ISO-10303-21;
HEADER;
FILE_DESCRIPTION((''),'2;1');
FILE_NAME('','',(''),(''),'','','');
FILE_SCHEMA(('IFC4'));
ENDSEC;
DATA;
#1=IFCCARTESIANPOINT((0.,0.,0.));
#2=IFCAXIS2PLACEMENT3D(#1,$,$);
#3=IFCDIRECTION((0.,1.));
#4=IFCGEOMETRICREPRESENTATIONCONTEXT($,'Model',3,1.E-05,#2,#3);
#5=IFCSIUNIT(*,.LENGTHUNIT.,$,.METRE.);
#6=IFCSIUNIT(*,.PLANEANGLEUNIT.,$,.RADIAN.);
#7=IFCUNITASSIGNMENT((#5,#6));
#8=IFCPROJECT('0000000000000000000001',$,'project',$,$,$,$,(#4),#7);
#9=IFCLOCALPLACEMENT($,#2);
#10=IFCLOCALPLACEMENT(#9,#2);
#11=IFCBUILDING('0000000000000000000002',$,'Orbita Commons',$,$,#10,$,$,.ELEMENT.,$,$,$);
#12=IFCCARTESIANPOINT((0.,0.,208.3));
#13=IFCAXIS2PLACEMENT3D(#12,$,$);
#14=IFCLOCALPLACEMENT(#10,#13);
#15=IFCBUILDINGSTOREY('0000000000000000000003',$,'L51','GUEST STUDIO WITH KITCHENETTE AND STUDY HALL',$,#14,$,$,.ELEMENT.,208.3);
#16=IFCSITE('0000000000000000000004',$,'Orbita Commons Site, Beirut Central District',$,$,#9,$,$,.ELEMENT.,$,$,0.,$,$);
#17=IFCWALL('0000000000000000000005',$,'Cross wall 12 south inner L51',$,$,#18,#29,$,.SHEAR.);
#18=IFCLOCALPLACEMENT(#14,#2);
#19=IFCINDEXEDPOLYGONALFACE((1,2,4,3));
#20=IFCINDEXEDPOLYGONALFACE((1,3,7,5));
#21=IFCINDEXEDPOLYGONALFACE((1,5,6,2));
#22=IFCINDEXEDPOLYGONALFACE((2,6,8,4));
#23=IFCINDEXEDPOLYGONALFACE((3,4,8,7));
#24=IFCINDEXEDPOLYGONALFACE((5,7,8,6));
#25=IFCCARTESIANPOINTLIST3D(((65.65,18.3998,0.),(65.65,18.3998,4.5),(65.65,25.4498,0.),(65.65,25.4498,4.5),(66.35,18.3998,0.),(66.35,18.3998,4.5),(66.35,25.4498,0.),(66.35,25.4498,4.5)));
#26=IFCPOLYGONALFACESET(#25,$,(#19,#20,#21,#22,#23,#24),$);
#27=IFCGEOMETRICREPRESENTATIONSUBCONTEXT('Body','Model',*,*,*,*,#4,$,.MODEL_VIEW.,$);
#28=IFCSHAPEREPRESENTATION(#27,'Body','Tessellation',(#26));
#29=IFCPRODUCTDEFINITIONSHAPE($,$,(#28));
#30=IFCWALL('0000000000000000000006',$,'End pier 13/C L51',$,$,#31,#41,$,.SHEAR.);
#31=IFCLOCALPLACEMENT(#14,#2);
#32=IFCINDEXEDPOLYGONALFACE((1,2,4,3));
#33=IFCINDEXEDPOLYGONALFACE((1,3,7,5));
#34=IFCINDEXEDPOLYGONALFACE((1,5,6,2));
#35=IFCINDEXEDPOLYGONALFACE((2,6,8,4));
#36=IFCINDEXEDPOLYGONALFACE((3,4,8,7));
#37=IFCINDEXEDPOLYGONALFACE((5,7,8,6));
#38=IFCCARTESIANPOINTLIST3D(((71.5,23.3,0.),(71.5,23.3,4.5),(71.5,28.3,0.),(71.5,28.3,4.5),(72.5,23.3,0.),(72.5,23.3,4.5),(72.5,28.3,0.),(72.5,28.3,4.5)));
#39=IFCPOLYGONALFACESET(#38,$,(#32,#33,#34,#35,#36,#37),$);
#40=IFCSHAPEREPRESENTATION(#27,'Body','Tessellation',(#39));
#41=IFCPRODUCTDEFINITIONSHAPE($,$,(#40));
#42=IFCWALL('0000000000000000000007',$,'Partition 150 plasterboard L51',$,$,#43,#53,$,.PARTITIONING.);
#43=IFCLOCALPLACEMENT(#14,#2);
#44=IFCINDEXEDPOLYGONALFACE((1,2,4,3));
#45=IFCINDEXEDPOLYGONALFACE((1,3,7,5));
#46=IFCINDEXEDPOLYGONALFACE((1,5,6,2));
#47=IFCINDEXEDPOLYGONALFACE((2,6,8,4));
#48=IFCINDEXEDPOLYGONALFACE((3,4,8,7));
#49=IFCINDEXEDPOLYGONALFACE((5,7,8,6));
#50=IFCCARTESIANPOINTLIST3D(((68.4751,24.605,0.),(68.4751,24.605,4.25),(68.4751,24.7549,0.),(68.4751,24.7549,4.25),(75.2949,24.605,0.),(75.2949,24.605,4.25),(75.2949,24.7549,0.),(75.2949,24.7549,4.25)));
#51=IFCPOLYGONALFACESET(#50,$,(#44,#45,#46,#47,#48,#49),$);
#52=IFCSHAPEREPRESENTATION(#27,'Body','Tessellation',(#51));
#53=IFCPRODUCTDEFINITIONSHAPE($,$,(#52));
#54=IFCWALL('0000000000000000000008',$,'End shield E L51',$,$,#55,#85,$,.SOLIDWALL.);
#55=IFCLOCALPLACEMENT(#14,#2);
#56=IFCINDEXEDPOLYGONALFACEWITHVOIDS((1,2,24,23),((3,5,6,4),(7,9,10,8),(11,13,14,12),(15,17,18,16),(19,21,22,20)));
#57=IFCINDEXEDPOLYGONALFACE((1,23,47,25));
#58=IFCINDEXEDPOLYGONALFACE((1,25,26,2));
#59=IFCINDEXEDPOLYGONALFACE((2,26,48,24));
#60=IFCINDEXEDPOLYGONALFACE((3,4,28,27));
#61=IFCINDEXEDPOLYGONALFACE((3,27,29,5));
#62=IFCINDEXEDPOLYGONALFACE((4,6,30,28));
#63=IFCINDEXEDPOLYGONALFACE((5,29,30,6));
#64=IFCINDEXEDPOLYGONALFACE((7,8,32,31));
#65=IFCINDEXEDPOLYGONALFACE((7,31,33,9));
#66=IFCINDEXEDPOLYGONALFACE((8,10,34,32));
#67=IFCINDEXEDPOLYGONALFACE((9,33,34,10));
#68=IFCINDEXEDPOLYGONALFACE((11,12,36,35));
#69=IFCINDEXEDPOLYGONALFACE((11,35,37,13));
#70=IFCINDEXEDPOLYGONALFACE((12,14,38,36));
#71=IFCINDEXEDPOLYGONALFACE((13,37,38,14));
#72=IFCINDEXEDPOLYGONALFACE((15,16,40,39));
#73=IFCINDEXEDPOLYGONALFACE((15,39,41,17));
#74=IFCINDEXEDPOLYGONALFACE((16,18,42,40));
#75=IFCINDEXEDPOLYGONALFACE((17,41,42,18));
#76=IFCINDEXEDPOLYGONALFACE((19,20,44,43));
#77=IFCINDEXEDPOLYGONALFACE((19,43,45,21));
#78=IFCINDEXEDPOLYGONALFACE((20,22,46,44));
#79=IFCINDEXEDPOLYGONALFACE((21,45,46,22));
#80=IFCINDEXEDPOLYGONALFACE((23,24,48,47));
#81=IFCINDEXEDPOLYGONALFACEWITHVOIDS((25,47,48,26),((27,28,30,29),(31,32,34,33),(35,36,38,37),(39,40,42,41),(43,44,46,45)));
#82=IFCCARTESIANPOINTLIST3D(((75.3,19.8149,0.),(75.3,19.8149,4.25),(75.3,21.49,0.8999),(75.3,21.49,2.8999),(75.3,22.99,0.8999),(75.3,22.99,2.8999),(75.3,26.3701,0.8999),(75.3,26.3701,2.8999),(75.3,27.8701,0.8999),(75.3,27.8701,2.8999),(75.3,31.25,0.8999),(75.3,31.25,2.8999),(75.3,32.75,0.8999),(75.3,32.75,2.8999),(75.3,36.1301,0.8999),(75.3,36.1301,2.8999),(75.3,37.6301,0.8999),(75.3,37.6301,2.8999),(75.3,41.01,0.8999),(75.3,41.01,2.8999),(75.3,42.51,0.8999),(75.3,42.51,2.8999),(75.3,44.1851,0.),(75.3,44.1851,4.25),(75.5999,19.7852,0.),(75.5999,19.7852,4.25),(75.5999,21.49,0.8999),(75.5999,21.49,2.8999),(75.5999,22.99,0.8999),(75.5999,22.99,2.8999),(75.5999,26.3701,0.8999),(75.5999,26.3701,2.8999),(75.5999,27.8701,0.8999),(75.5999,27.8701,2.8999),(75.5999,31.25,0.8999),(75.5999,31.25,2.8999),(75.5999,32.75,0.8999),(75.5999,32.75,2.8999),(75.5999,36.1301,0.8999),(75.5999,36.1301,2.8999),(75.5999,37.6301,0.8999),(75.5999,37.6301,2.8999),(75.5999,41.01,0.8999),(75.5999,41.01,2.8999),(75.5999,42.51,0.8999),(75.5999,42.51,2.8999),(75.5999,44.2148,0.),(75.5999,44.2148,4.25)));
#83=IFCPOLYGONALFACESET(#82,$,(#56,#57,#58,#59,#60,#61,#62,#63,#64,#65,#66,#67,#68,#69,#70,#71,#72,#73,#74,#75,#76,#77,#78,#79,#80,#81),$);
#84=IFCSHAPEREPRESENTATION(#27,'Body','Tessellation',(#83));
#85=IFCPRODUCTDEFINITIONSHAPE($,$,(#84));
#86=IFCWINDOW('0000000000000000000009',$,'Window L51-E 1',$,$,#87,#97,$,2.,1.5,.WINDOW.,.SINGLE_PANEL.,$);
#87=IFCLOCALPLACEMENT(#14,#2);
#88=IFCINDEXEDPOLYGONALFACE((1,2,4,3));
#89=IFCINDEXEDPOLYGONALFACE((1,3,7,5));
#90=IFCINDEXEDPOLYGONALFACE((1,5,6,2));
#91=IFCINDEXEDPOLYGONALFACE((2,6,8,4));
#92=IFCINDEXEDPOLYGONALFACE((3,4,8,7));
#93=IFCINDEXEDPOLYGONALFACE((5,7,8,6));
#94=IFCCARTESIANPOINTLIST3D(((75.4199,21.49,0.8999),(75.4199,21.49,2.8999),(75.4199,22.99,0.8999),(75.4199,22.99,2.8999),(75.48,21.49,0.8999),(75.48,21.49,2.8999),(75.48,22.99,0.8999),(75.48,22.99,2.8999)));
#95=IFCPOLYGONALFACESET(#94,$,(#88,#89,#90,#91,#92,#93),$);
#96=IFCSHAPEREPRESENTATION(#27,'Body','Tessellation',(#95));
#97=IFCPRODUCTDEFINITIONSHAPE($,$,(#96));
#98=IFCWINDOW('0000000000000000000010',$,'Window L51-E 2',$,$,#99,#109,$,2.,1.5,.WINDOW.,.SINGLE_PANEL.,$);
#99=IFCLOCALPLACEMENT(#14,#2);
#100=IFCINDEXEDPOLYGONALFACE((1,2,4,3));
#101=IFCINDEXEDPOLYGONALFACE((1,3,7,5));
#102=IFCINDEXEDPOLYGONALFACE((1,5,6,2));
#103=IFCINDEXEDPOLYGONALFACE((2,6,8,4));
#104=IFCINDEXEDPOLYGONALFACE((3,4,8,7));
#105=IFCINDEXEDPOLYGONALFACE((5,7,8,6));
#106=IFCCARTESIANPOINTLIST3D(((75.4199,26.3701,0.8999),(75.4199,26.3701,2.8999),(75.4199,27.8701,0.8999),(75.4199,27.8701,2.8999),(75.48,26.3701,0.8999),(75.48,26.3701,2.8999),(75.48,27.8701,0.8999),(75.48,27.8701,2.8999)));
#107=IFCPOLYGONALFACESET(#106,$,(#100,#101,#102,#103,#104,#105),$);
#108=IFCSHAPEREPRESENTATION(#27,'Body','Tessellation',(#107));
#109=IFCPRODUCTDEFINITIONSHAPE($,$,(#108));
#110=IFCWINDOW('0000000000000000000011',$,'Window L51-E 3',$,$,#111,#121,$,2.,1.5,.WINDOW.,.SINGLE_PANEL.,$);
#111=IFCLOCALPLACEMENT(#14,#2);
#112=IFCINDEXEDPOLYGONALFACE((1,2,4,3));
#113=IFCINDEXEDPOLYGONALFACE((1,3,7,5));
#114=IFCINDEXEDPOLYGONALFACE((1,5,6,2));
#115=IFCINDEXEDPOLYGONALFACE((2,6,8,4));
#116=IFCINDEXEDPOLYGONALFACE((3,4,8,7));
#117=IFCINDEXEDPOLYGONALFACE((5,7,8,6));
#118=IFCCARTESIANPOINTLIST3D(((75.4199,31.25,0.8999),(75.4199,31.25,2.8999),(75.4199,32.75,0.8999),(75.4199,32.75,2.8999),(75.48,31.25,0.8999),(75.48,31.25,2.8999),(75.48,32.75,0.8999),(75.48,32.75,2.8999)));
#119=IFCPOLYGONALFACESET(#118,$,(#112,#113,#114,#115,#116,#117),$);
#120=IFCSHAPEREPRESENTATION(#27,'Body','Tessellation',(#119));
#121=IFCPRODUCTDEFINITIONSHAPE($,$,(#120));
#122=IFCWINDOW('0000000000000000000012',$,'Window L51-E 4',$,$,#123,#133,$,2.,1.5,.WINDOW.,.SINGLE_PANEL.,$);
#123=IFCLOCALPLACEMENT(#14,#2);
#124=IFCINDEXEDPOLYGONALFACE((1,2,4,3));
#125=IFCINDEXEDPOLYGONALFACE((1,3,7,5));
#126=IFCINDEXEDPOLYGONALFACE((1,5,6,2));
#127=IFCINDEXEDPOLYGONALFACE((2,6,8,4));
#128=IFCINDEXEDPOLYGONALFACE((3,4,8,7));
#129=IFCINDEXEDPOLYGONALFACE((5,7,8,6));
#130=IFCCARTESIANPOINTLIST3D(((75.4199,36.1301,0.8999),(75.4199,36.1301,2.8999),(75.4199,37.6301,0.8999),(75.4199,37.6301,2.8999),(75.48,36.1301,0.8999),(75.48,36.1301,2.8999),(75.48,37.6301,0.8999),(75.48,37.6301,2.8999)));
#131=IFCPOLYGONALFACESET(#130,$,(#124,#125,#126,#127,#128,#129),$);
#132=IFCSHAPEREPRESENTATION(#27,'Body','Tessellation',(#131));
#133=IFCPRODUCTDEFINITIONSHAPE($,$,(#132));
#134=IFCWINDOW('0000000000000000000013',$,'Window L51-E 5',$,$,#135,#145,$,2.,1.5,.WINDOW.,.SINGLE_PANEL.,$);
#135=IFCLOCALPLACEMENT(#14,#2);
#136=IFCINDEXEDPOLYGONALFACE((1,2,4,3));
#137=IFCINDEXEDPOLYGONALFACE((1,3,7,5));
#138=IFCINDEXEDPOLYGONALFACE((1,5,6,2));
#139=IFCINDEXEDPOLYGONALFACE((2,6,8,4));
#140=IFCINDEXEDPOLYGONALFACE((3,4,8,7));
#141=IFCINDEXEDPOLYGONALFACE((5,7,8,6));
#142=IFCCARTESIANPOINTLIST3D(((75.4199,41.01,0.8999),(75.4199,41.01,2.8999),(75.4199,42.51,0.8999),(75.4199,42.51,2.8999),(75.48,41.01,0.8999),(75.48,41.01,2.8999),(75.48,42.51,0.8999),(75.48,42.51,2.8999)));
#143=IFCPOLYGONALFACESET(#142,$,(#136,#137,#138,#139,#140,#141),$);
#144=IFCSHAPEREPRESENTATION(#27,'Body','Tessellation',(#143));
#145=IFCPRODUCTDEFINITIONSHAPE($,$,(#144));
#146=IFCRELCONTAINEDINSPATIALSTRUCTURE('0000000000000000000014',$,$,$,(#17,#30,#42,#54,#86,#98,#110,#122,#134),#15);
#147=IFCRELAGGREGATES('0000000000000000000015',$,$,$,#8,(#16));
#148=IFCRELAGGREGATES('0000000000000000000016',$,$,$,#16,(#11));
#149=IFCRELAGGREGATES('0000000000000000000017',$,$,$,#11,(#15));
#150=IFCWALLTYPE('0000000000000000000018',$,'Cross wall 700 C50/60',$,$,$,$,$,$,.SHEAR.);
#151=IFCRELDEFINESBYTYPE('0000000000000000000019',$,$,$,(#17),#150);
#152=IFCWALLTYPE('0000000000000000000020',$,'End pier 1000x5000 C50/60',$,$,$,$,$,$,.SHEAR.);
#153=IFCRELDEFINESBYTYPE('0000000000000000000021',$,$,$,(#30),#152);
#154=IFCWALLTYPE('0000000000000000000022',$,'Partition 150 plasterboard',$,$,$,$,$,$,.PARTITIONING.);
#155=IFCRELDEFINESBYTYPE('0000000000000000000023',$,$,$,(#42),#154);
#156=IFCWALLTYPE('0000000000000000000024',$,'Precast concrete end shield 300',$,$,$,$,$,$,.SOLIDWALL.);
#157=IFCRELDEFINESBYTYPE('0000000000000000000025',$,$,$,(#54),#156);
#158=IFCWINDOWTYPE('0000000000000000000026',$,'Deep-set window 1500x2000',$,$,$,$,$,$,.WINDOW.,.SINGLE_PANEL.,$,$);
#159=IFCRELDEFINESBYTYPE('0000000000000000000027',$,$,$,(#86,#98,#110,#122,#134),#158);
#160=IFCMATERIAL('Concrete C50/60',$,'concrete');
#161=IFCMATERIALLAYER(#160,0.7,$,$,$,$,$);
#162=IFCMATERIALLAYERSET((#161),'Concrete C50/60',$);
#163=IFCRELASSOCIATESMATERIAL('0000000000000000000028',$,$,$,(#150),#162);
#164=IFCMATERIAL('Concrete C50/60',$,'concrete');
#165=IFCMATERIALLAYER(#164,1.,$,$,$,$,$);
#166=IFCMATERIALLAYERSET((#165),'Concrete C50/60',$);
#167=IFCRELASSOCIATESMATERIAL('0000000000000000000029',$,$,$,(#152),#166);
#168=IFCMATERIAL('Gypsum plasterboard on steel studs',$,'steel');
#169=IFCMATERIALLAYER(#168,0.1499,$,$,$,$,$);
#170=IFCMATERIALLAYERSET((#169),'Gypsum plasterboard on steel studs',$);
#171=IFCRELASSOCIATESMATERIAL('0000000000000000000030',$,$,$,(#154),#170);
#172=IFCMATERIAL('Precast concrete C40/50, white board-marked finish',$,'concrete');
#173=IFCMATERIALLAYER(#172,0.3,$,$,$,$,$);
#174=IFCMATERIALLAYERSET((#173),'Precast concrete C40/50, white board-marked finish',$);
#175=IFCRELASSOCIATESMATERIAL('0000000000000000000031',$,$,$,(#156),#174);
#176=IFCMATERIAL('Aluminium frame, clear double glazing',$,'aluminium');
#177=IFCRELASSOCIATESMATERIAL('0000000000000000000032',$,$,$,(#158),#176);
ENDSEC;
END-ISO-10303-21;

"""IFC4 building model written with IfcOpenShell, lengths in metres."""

from ifc_helpers import new_model, si_unit, direction, frame, frame_2d, origin, place, context, subcontext, project, spatial, polyline, rectangle, outline, extrude, material, layer, layer_set, type_object, element, fill, save


model = new_model("IFC4")

# Units and contexts
model_context = context("Model", 3, precision=1e-05, world=origin(), true_north=direction((0.0, 1.0)))
body_context = subcontext(model_context, "Body", "Model", "MODEL_VIEW")
ifc_project = project(units=[si_unit("LENGTHUNIT", "METRE"), si_unit("PLANEANGLEUNIT", "RADIAN")], contexts=[model_context])

# Site, building, storey
site_placement = place(None, origin())
site = spatial("IfcSite", under=ifc_project, at=site_placement, Name="Orbita Commons Site, Beirut Central District", CompositionType="ELEMENT", RefElevation=0.0)
building_placement = place(site_placement, origin())
building = spatial("IfcBuilding", under=site, at=building_placement, Name="Orbita Commons", CompositionType="ELEMENT")
storey_placement = place(building_placement, frame((0.0, 0.0, 208.3)))
storey = spatial("IfcBuildingStorey", under=building, at=storey_placement, Name="L51", Description="GUEST STUDIO WITH KITCHENETTE AND STUDY HALL", CompositionType="ELEMENT", Elevation=208.3)

# Walls
ifc_material_1 = material(Name="Concrete C50/60", Category="concrete")
ifc_layer_1 = layer(ifc_material_1, 0.7)
ifc_layer_set_1 = layer_set([ifc_layer_1], Name="Concrete C50/60")
wall_type_1 = type_object("IfcWallType", Name="Cross wall 700 C50/60", PredefinedType="SHEAR", material=ifc_layer_set_1)
wall_1_placement = place(storey_placement, frame((66.0, 18.3999, 0.0), z_axis=(0.0, 0.0, 1.0), x_axis=(0.0, 1.0, 0.0)))
element("IfcWall", 1, at=wall_1_placement, inside=storey, type_object=wall_type_1, Name="Cross wall 12 south inner L51", PredefinedType="SHEAR", context=body_context, shape_type="SweptSolid", body=[
    extrude(rectangle(XDim=7.05, YDim=0.7, at=frame_2d((3.5249, 0.0))), origin(), (0.0, 0.0, 1.0), 4.5),
])
ifc_material_2 = material(Name="Concrete C50/60", Category="concrete")
ifc_layer_2 = layer(ifc_material_2, 1.0)
ifc_layer_set_2 = layer_set([ifc_layer_2], Name="Concrete C50/60")
wall_type_2 = type_object("IfcWallType", Name="End pier 1000x5000 C50/60", PredefinedType="SHEAR", material=ifc_layer_set_2)
wall_2_placement = place(storey_placement, frame((72.0, 23.3, 0.0), z_axis=(0.0, 0.0, 1.0), x_axis=(0.0, 1.0, 0.0)))
element("IfcWall", 2, at=wall_2_placement, inside=storey, type_object=wall_type_2, Name="End pier 13/C L51", PredefinedType="SHEAR", context=body_context, shape_type="SweptSolid", body=[
    extrude(rectangle(XDim=5.0, YDim=1.0, at=frame_2d((2.5, 0.0))), origin(), (0.0, 0.0, 1.0), 4.5),
])
ifc_material_3 = material(Name="Gypsum plasterboard on steel studs", Category="steel")
ifc_layer_3 = layer(ifc_material_3, 0.1499)
ifc_layer_set_3 = layer_set([ifc_layer_3], Name="Gypsum plasterboard on steel studs")
wall_type_3 = type_object("IfcWallType", Name="Partition 150 plasterboard", PredefinedType="PARTITIONING", material=ifc_layer_set_3)
wall_3_placement = place(storey_placement, frame((68.4751, 24.6799, 0.0), z_axis=(0.0, 0.0, 1.0), x_axis=(1.0, 0.0, 0.0)))
element("IfcWall", 3, at=wall_3_placement, inside=storey, type_object=wall_type_3, Name="Partition 150 plasterboard L51", PredefinedType="PARTITIONING", context=body_context, shape_type="SweptSolid", body=[
    extrude(rectangle(XDim=6.8198, YDim=0.1499, at=frame_2d((3.4099, 0.0))), origin(), (0.0, 0.0, 1.0), 4.25),
])

# Wall, openings, windows
ifc_material_4 = material(Name="Precast concrete C40/50, white board-marked finish", Category="concrete")
ifc_layer_4 = layer(ifc_material_4, 0.3)
ifc_layer_set_4 = layer_set([ifc_layer_4], Name="Precast concrete C40/50, white board-marked finish")
wall_type_4 = type_object("IfcWallType", Name="Precast concrete end shield 300", PredefinedType="SOLIDWALL", material=ifc_layer_set_4)
wall_4_placement = place(storey_placement, frame((75.45, 19.8, 0.0), z_axis=(0.0, 0.0, 1.0), x_axis=(0.0, 1.0, 0.0)))
wall_4 = element("IfcWall", 4, at=wall_4_placement, inside=storey, type_object=wall_type_4, Name="End shield E L51", PredefinedType="SOLIDWALL", context=body_context, shape_type="SweptSolid", body=[
    extrude(outline(polyline([(-0.0149, -0.1499), (24.4148, -0.1499), (24.385, 0.1499), (0.0149, 0.1499), (-0.0149, -0.1499)])), origin(), (0.0, 0.0, 1.0), 4.25),
])
opening_1_placement = place(wall_4_placement, frame((1.6899, 0.0, 0.8999)))
opening_1 = element("IfcOpeningElement", 5, at=opening_1_placement, cuts=wall_4, PredefinedType="OPENING", context=body_context, shape_type="SweptSolid", body=[
    extrude(rectangle(XDim=1.5, YDim=2.0, at=frame_2d((0.75, 1.0))), frame((0.0, 0.1599, 0.0), z_axis=(0.0, -1.0, 0.0), x_axis=(1.0, 0.0, 0.0)), (0.0, 0.0, 1.0), 0.3201),
])
opening_2_placement = place(wall_4_placement, frame((6.5701, 0.0, 0.8999)))
opening_2 = element("IfcOpeningElement", 6, at=opening_2_placement, cuts=wall_4, PredefinedType="OPENING", context=body_context, shape_type="SweptSolid", body=[
    extrude(rectangle(XDim=1.5, YDim=2.0, at=frame_2d((0.75, 1.0))), frame((0.0, 0.1599, 0.0), z_axis=(0.0, -1.0, 0.0), x_axis=(1.0, 0.0, 0.0)), (0.0, 0.0, 1.0), 0.3201),
])
opening_3_placement = place(wall_4_placement, frame((11.45, 0.0, 0.8999)))
opening_3 = element("IfcOpeningElement", 7, at=opening_3_placement, cuts=wall_4, PredefinedType="OPENING", context=body_context, shape_type="SweptSolid", body=[
    extrude(rectangle(XDim=1.5, YDim=2.0, at=frame_2d((0.75, 1.0))), frame((0.0, 0.1599, 0.0), z_axis=(0.0, -1.0, 0.0), x_axis=(1.0, 0.0, 0.0)), (0.0, 0.0, 1.0), 0.3201),
])
opening_4_placement = place(wall_4_placement, frame((16.3301, 0.0, 0.8999)))
opening_4 = element("IfcOpeningElement", 8, at=opening_4_placement, cuts=wall_4, PredefinedType="OPENING", context=body_context, shape_type="SweptSolid", body=[
    extrude(rectangle(XDim=1.5, YDim=2.0, at=frame_2d((0.75, 1.0))), frame((0.0, 0.1599, 0.0), z_axis=(0.0, -1.0, 0.0), x_axis=(1.0, 0.0, 0.0)), (0.0, 0.0, 1.0), 0.3201),
])
opening_5_placement = place(wall_4_placement, frame((21.21, 0.0, 0.8999)))
opening_5 = element("IfcOpeningElement", 9, at=opening_5_placement, cuts=wall_4, PredefinedType="OPENING", context=body_context, shape_type="SweptSolid", body=[
    extrude(rectangle(XDim=1.5, YDim=2.0, at=frame_2d((0.75, 1.0))), frame((0.0, 0.1599, 0.0), z_axis=(0.0, -1.0, 0.0), x_axis=(1.0, 0.0, 0.0)), (0.0, 0.0, 1.0), 0.3201),
])
ifc_material_5 = material(Name="Aluminium frame, clear double glazing", Category="aluminium")
window_type_1 = type_object("IfcWindowType", Name="Deep-set window 1500x2000", PartitioningType="SINGLE_PANEL", PredefinedType="WINDOW", material=ifc_material_5)
window_1_placement = place(opening_1_placement, origin())
window_1 = element("IfcWindow", 10, at=window_1_placement, inside=storey, type_object=window_type_1, Name="Window L51-E 1", OverallHeight=2.0, OverallWidth=1.5, PartitioningType="SINGLE_PANEL", PredefinedType="WINDOW", context=body_context, shape_type="SweptSolid", body=[
    extrude(rectangle(XDim=1.5, YDim=2.0, at=frame_2d((0.75, 1.0))), frame((0.0, 0.03, 0.0), z_axis=(0.0, -1.0, 0.0), x_axis=(1.0, 0.0, 0.0)), (0.0, 0.0, 1.0), 0.0601),
])
fill(opening_1, window_1)
window_2_placement = place(opening_2_placement, origin())
window_2 = element("IfcWindow", 11, at=window_2_placement, inside=storey, type_object=window_type_1, Name="Window L51-E 2", OverallHeight=2.0, OverallWidth=1.5, PartitioningType="SINGLE_PANEL", PredefinedType="WINDOW", context=body_context, shape_type="SweptSolid", body=[
    extrude(rectangle(XDim=1.5, YDim=2.0, at=frame_2d((0.75, 1.0))), frame((0.0, 0.03, 0.0), z_axis=(0.0, -1.0, 0.0), x_axis=(1.0, 0.0, 0.0)), (0.0, 0.0, 1.0), 0.0601),
])
fill(opening_2, window_2)
window_3_placement = place(opening_3_placement, origin())
window_3 = element("IfcWindow", 12, at=window_3_placement, inside=storey, type_object=window_type_1, Name="Window L51-E 3", OverallHeight=2.0, OverallWidth=1.5, PartitioningType="SINGLE_PANEL", PredefinedType="WINDOW", context=body_context, shape_type="SweptSolid", body=[
    extrude(rectangle(XDim=1.5, YDim=2.0, at=frame_2d((0.75, 1.0))), frame((0.0, 0.03, 0.0), z_axis=(0.0, -1.0, 0.0), x_axis=(1.0, 0.0, 0.0)), (0.0, 0.0, 1.0), 0.0601),
])
fill(opening_3, window_3)
window_4_placement = place(opening_4_placement, origin())
window_4 = element("IfcWindow", 13, at=window_4_placement, inside=storey, type_object=window_type_1, Name="Window L51-E 4", OverallHeight=2.0, OverallWidth=1.5, PartitioningType="SINGLE_PANEL", PredefinedType="WINDOW", context=body_context, shape_type="SweptSolid", body=[
    extrude(rectangle(XDim=1.5, YDim=2.0, at=frame_2d((0.75, 1.0))), frame((0.0, 0.03, 0.0), z_axis=(0.0, -1.0, 0.0), x_axis=(1.0, 0.0, 0.0)), (0.0, 0.0, 1.0), 0.0601),
])
fill(opening_4, window_4)
window_5_placement = place(opening_5_placement, origin())
window_5 = element("IfcWindow", 14, at=window_5_placement, inside=storey, type_object=window_type_1, Name="Window L51-E 5", OverallHeight=2.0, OverallWidth=1.5, PartitioningType="SINGLE_PANEL", PredefinedType="WINDOW", context=body_context, shape_type="SweptSolid", body=[
    extrude(rectangle(XDim=1.5, YDim=2.0, at=frame_2d((0.75, 1.0))), frame((0.0, 0.03, 0.0), z_axis=(0.0, -1.0, 0.0), x_axis=(1.0, 0.0, 0.0)), (0.0, 0.0, 1.0), 0.0601),
])
fill(opening_5, window_5)

save(model, "model.ifc")
